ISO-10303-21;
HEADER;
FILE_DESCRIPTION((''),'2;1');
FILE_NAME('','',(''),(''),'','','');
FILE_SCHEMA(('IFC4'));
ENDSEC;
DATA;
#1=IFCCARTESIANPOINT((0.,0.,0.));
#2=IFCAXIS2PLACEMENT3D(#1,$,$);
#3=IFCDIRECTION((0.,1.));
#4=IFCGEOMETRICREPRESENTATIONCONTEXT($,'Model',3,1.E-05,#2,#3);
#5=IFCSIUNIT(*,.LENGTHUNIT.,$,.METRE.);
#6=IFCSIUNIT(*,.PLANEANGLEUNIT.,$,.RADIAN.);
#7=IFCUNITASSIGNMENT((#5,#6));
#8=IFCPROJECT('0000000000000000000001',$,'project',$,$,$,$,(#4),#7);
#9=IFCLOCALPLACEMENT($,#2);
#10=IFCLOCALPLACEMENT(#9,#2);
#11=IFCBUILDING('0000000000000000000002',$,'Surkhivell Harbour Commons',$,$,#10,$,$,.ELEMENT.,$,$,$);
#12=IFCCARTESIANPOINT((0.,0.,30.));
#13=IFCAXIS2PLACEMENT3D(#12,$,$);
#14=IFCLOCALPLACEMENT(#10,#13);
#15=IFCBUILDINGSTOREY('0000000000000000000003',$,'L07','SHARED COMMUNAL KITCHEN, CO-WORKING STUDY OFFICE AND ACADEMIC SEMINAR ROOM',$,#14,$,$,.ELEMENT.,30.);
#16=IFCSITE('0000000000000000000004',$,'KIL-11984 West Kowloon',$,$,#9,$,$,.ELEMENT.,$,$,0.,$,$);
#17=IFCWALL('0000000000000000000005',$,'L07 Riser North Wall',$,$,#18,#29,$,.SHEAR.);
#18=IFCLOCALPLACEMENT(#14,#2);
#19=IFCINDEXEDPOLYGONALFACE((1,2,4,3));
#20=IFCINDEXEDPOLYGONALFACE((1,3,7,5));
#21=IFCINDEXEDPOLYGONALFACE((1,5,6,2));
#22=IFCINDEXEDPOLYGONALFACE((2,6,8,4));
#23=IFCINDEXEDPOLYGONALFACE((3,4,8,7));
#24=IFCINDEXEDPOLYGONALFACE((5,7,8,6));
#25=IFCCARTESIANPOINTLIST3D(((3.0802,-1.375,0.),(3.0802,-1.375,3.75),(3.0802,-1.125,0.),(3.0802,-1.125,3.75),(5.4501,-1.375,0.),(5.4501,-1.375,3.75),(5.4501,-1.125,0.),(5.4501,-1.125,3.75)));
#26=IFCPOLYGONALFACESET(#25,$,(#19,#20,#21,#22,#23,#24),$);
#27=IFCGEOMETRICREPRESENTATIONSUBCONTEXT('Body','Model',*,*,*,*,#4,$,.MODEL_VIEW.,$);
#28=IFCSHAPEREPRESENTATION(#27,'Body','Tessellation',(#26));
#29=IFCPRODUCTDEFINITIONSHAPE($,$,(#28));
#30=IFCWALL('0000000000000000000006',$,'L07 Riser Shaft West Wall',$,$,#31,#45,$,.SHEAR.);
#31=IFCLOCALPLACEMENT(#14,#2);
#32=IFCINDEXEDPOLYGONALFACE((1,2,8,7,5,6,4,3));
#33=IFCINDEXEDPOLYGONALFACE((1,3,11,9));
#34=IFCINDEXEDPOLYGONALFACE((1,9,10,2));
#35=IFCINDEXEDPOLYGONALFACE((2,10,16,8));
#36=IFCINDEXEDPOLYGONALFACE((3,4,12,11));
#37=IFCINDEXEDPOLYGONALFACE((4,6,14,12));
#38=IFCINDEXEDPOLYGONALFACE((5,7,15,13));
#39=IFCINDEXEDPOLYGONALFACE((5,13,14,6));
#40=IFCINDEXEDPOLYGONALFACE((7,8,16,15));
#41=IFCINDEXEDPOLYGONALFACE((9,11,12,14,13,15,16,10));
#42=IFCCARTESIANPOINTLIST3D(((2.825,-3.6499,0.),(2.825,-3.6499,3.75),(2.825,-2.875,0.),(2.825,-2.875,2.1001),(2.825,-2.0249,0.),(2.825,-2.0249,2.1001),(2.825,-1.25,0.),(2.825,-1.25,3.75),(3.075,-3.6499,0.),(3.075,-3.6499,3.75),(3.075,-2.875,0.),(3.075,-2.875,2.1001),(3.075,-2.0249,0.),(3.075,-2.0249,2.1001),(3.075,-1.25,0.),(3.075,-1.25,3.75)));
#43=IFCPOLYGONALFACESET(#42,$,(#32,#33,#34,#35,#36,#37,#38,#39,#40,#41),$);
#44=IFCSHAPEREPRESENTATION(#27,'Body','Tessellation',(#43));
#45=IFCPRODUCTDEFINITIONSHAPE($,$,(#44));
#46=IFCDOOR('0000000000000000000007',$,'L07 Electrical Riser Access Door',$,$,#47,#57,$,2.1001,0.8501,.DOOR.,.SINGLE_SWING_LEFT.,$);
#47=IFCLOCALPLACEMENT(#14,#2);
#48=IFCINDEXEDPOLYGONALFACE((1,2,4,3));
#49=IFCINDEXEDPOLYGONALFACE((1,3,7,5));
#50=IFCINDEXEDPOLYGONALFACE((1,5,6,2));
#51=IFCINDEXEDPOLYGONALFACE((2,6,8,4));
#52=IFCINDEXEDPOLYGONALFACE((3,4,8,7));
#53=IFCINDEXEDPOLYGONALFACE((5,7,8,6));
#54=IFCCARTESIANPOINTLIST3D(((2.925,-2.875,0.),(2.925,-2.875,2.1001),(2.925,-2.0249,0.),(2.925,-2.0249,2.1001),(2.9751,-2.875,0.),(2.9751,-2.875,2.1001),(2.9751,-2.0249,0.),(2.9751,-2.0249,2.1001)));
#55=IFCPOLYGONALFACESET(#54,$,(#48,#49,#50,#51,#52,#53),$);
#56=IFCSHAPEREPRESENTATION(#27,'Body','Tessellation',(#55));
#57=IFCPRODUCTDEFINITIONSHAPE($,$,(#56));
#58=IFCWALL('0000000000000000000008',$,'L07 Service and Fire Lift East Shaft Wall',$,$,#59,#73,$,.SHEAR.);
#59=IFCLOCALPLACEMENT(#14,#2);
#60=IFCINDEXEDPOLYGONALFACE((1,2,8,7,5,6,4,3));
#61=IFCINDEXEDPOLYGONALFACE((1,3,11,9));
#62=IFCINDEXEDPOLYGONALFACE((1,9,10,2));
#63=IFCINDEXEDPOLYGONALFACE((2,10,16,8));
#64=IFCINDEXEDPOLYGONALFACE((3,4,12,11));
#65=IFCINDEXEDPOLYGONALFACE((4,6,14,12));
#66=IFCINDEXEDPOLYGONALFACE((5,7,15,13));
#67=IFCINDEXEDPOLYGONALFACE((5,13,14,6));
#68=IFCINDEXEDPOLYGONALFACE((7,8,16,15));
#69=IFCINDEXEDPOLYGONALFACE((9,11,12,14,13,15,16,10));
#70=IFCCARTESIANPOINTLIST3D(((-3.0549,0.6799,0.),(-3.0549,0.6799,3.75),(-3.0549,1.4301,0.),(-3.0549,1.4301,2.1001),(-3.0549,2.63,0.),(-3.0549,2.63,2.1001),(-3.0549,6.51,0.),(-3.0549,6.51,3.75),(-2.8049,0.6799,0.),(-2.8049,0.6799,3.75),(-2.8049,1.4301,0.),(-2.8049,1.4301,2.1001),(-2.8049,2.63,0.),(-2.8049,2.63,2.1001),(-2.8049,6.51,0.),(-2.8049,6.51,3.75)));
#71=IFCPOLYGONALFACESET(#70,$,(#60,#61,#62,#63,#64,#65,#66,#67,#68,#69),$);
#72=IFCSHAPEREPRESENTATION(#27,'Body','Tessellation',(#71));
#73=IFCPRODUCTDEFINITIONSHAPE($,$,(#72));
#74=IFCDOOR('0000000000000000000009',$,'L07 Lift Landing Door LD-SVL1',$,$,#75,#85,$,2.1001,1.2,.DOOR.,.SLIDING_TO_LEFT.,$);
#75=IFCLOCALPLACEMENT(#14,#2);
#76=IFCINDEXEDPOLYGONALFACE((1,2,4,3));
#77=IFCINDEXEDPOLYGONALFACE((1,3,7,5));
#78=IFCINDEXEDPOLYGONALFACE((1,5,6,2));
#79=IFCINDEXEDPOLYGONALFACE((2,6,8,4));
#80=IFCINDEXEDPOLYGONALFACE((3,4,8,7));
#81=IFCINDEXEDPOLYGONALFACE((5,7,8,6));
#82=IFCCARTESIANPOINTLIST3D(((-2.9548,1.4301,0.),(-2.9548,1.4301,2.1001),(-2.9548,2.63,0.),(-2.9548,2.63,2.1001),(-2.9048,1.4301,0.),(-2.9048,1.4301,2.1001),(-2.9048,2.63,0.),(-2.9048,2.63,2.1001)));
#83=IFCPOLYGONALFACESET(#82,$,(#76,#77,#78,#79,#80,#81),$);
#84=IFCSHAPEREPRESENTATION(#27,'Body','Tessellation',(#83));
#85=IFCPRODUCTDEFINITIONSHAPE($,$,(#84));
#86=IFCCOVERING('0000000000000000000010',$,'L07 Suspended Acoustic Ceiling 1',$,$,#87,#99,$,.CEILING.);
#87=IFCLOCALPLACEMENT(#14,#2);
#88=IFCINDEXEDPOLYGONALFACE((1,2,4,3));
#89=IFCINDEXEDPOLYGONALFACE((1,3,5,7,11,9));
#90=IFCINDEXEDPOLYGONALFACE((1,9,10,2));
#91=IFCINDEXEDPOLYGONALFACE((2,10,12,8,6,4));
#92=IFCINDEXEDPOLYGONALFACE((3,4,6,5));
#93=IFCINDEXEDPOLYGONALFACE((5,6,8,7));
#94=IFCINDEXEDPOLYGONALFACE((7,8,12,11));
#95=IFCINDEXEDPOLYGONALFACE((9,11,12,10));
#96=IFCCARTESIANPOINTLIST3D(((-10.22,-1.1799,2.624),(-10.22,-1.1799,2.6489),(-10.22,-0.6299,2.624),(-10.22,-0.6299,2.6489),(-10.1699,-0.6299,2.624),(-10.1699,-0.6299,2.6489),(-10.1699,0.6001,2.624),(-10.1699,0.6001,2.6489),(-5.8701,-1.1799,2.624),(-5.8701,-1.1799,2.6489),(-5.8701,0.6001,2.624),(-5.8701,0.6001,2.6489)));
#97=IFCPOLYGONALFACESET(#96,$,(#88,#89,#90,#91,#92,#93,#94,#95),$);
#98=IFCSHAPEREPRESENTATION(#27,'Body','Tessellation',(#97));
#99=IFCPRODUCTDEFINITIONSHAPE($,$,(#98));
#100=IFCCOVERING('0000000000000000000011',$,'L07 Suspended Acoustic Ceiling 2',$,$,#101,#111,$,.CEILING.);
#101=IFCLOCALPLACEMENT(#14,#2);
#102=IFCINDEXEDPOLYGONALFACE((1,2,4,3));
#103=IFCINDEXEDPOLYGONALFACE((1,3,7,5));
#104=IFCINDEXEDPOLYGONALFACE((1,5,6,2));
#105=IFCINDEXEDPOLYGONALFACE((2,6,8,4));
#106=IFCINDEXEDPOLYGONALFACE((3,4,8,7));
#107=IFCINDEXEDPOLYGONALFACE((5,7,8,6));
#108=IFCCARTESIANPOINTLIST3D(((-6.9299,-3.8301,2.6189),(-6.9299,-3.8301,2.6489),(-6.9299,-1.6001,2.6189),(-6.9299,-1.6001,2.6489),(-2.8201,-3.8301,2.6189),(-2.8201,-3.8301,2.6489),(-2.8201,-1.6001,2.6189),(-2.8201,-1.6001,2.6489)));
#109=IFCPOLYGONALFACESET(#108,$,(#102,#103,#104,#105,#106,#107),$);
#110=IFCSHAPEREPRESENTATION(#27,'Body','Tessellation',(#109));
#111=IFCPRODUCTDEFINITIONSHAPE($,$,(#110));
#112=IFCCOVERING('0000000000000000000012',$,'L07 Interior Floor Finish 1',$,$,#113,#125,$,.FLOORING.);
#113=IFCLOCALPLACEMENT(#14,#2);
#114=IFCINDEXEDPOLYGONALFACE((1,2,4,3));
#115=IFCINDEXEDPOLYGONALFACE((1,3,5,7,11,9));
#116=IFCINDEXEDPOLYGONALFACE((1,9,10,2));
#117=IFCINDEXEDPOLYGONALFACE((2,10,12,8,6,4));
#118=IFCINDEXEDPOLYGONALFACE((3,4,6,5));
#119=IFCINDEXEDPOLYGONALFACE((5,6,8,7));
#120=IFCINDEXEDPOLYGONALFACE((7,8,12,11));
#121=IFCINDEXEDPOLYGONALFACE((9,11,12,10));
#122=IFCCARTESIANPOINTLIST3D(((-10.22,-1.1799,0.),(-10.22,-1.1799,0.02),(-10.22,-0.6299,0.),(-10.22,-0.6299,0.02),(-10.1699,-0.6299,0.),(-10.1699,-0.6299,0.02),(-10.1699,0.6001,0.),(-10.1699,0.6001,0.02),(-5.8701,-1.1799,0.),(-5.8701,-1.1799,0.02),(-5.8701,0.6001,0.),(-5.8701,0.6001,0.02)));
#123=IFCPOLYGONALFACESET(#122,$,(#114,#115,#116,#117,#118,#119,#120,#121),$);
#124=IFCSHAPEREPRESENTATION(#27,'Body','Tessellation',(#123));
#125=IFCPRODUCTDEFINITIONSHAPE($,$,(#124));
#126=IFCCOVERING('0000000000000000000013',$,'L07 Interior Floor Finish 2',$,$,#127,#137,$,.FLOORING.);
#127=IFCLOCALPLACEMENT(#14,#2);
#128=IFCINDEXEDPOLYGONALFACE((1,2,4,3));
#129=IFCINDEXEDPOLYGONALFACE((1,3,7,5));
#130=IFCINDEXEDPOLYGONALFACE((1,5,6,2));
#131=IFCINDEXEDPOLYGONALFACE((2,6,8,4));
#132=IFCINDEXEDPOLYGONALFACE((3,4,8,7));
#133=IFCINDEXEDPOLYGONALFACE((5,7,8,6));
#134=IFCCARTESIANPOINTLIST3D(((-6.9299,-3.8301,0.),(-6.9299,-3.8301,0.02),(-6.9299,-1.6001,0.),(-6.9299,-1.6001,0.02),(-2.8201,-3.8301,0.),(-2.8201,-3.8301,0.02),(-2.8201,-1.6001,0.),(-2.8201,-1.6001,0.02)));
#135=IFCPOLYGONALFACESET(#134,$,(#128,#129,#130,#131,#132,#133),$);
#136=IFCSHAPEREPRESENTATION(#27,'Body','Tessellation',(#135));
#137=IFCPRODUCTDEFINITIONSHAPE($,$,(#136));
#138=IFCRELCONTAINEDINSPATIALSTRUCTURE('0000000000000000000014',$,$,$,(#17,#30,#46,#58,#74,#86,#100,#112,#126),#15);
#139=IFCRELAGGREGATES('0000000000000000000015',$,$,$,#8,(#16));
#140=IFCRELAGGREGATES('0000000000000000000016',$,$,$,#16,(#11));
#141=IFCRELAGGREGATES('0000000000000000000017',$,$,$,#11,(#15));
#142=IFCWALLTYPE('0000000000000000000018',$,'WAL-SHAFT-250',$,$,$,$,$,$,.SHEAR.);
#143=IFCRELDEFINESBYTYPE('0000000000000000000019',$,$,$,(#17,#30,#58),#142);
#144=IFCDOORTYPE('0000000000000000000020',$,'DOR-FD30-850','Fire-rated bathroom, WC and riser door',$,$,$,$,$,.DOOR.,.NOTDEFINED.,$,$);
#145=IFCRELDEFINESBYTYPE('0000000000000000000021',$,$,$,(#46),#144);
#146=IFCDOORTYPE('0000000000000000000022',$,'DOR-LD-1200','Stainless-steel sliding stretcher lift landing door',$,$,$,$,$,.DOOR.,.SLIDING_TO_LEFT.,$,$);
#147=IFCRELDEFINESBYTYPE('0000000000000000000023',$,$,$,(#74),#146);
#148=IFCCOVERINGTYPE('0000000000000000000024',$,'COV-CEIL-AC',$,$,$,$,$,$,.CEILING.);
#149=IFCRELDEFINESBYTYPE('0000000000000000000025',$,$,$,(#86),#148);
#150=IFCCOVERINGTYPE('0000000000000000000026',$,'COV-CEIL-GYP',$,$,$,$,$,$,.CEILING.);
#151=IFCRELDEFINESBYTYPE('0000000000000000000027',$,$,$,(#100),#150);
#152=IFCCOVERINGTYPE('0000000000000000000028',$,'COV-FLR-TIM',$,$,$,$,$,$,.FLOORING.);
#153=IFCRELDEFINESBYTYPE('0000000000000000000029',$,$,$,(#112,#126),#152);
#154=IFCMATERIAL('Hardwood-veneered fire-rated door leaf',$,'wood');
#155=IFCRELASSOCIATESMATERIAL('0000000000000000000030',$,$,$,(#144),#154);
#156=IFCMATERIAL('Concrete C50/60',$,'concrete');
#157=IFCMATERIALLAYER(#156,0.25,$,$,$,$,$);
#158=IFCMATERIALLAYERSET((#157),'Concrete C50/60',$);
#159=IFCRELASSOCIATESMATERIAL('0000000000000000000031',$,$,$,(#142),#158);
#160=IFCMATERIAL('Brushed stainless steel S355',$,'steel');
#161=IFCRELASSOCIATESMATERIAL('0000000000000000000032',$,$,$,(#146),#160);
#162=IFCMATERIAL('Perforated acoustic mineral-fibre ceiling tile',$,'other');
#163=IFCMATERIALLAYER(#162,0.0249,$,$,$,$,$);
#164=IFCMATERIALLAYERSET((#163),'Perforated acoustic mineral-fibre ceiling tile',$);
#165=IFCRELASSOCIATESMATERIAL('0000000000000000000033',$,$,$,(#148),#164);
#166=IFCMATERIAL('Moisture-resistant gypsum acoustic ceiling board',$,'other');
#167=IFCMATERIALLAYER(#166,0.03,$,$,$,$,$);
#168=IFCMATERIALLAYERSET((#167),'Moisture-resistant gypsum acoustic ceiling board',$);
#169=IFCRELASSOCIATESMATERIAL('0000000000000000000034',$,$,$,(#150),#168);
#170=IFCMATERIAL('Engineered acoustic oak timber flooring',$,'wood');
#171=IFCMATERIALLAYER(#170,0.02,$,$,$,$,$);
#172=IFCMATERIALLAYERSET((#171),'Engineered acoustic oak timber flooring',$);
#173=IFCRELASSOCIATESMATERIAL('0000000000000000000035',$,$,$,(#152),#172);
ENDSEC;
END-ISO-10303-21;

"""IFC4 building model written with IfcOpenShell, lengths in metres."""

from ifc_helpers import new_model, si_unit, direction, frame, frame_2d, origin, place, context, subcontext, project, spatial, polyline, rectangle, outline, extrude, material, layer, layer_set, type_object, element, fill, save


model = new_model("IFC4")

# Units and contexts
model_context = context("Model", 3, precision=1e-05, world=origin(), true_north=direction((0.0, 1.0)))
body_context = subcontext(model_context, "Body", "Model", "MODEL_VIEW")
ifc_project = project(units=[si_unit("LENGTHUNIT", "METRE"), si_unit("PLANEANGLEUNIT", "RADIAN")], contexts=[model_context])

# Site, building, storey
site_placement = place(None, origin())
site = spatial("IfcSite", under=ifc_project, at=site_placement, Name="KIL-11984 West Kowloon", CompositionType="ELEMENT", RefElevation=0.0)
building_placement = place(site_placement, origin())
building = spatial("IfcBuilding", under=site, at=building_placement, Name="Surkhivell Harbour Commons", CompositionType="ELEMENT")
storey_placement = place(building_placement, frame((0.0, 0.0, 30.0)))
storey = spatial("IfcBuildingStorey", under=building, at=storey_placement, Name="L07", Description="SHARED COMMUNAL KITCHEN, CO-WORKING STUDY OFFICE AND ACADEMIC SEMINAR ROOM", CompositionType="ELEMENT", Elevation=30.0)

# Shared definitions
ifc_material_1 = material(Name="Hardwood-veneered fire-rated door leaf", Category="wood")
door_type_1 = type_object("IfcDoorType", Name="DOR-FD30-850", Description="Fire-rated bathroom, WC and riser door", OperationType="NOTDEFINED", PredefinedType="DOOR", material=ifc_material_1)

# Wall
ifc_material_2 = material(Name="Concrete C50/60", Category="concrete")
ifc_layer_1 = layer(ifc_material_2, 0.25)
ifc_layer_set_1 = layer_set([ifc_layer_1], Name="Concrete C50/60")
wall_type_1 = type_object("IfcWallType", Name="WAL-SHAFT-250", PredefinedType="SHEAR", material=ifc_layer_set_1)
for number, where, z_axis, x_axis, name in (
    (1, (3.0801, -1.25, 0.0), (0.0, 0.0, 1.0), (1.0, 0.0, 0.0), "L07 Riser North Wall"),
):
    element("IfcWall", number, at=place(storey_placement, frame(where, z_axis=z_axis, x_axis=x_axis)), inside=storey, type_object=wall_type_1, Name=name, PredefinedType="SHEAR", context=body_context, shape_type="SweptSolid", body=[
        extrude(rectangle(XDim=2.3699, YDim=0.25, at=frame_2d((1.1851, 0.0))), origin(), (0.0, 0.0, 1.0), 3.75),
    ])

# Walls, openings, doors
wall_1_placement = place(storey_placement, frame((2.95, -3.6499, 0.0), z_axis=(0.0, 0.0, 1.0), x_axis=(0.0, 1.0, 0.0)))
wall_1 = element("IfcWall", 2, at=wall_1_placement, inside=storey, type_object=wall_type_1, Name="L07 Riser Shaft West Wall", PredefinedType="SHEAR", context=body_context, shape_type="SweptSolid", body=[
    extrude(rectangle(XDim=2.3999, YDim=0.25, at=frame_2d((1.2, 0.0))), origin(), (0.0, 0.0, 1.0), 3.75),
])
opening_1_placement = place(wall_1_placement, frame((0.7749, 0.0, 0.0)))
opening_1 = element("IfcOpeningElement", 3, at=opening_1_placement, cuts=wall_1, PredefinedType="OPENING", context=body_context, shape_type="SweptSolid", body=[
    extrude(rectangle(XDim=0.8501, YDim=2.1001, at=frame_2d((0.425, 1.05))), frame((0.0, 0.135, 0.0), z_axis=(0.0, -1.0, 0.0), x_axis=(1.0, 0.0, 0.0)), (0.0, 0.0, 1.0), 0.27),
])
door_1_placement = place(opening_1_placement, origin())
door_1 = element("IfcDoor", 4, at=door_1_placement, inside=storey, type_object=door_type_1, Name="L07 Electrical Riser Access Door", OperationType="SINGLE_SWING_LEFT", OverallHeight=2.1001, OverallWidth=0.8501, PredefinedType="DOOR", context=body_context, shape_type="SweptSolid", body=[
    extrude(rectangle(XDim=0.8501, YDim=2.1001, at=frame_2d((0.425, 1.05))), frame((0.0, 0.0249, 0.0), z_axis=(0.0, -1.0, 0.0), x_axis=(1.0, 0.0, 0.0)), (0.0, 0.0, 1.0), 0.05),
])
fill(opening_1, door_1)
wall_2_placement = place(storey_placement, frame((-2.9299, 0.6799, 0.0), z_axis=(0.0, 0.0, 1.0), x_axis=(0.0, 1.0, 0.0)))
wall_2 = element("IfcWall", 5, at=wall_2_placement, inside=storey, type_object=wall_type_1, Name="L07 Service and Fire Lift East Shaft Wall", PredefinedType="SHEAR", context=body_context, shape_type="SweptSolid", body=[
    extrude(rectangle(XDim=5.8301, YDim=0.25, at=frame_2d((2.915, 0.0))), origin(), (0.0, 0.0, 1.0), 3.75),
])
opening_2_placement = place(wall_2_placement, frame((0.75, 0.0, 0.0)))
opening_2 = element("IfcOpeningElement", 6, at=opening_2_placement, cuts=wall_2, PredefinedType="OPENING", context=body_context, shape_type="SweptSolid", body=[
    extrude(rectangle(XDim=1.2, YDim=2.1001, at=frame_2d((0.6001, 1.05))), frame((0.0, 0.135, 0.0), z_axis=(0.0, -1.0, 0.0), x_axis=(1.0, 0.0, 0.0)), (0.0, 0.0, 1.0), 0.27),
])
ifc_material_3 = material(Name="Brushed stainless steel S355", Category="steel")
door_type_2 = type_object("IfcDoorType", Name="DOR-LD-1200", Description="Stainless-steel sliding stretcher lift landing door", OperationType="SLIDING_TO_LEFT", PredefinedType="DOOR", material=ifc_material_3)
door_2_placement = place(opening_2_placement, origin())
door_2 = element("IfcDoor", 7, at=door_2_placement, inside=storey, type_object=door_type_2, Name="L07 Lift Landing Door LD-SVL1", OperationType="SLIDING_TO_LEFT", OverallHeight=2.1001, OverallWidth=1.2, PredefinedType="DOOR", context=body_context, shape_type="SweptSolid", body=[
    extrude(rectangle(XDim=1.2, YDim=2.1001, at=frame_2d((0.6001, 1.05))), frame((0.0, 0.0249, 0.0), z_axis=(0.0, -1.0, 0.0), x_axis=(1.0, 0.0, 0.0)), (0.0, 0.0, 1.0), 0.05),
])
fill(opening_2, door_2)

# Coverings
ifc_material_4 = material(Name="Perforated acoustic mineral-fibre ceiling tile", Category="other")
ifc_layer_2 = layer(ifc_material_4, 0.0249)
ifc_layer_set_2 = layer_set([ifc_layer_2], Name="Perforated acoustic mineral-fibre ceiling tile")
covering_type_1 = type_object("IfcCoveringType", Name="COV-CEIL-AC", PredefinedType="CEILING", material=ifc_layer_set_2)
covering_1_placement = place(storey_placement, frame((0.0, 0.0, 2.624)))
element("IfcCovering", 8, at=covering_1_placement, inside=storey, type_object=covering_type_1, Name="L07 Suspended Acoustic Ceiling 1", PredefinedType="CEILING", context=body_context, shape_type="SweptSolid", body=[
    extrude(outline(polyline([(-10.22, -1.1799), (-5.8701, -1.1799), (-5.8701, 0.6001), (-10.1699, 0.6001), (-10.1699, -0.6299), (-10.22, -0.6299), (-10.22, -1.1799)])), origin(), (0.0, 0.0, 1.0), 0.0249),
])
ifc_material_5 = material(Name="Moisture-resistant gypsum acoustic ceiling board", Category="other")
ifc_layer_3 = layer(ifc_material_5, 0.03)
ifc_layer_set_3 = layer_set([ifc_layer_3], Name="Moisture-resistant gypsum acoustic ceiling board")
covering_type_2 = type_object("IfcCoveringType", Name="COV-CEIL-GYP", PredefinedType="CEILING", material=ifc_layer_set_3)
covering_2_placement = place(storey_placement, frame((0.0, 0.0, 2.6189)))
element("IfcCovering", 9, at=covering_2_placement, inside=storey, type_object=covering_type_2, Name="L07 Suspended Acoustic Ceiling 2", PredefinedType="CEILING", context=body_context, shape_type="SweptSolid", body=[
    extrude(outline(polyline([(-6.9299, -3.8301), (-2.8201, -3.8301), (-2.8201, -1.6001), (-6.9299, -1.6001), (-6.9299, -3.8301)])), origin(), (0.0, 0.0, 1.0), 0.03),
])
ifc_material_6 = material(Name="Engineered acoustic oak timber flooring", Category="wood")
ifc_layer_4 = layer(ifc_material_6, 0.02)
ifc_layer_set_4 = layer_set([ifc_layer_4], Name="Engineered acoustic oak timber flooring")
covering_type_3 = type_object("IfcCoveringType", Name="COV-FLR-TIM", PredefinedType="FLOORING", material=ifc_layer_set_4)
covering_3_placement = place(storey_placement, origin())
element("IfcCovering", 10, at=covering_3_placement, inside=storey, type_object=covering_type_3, Name="L07 Interior Floor Finish 1", PredefinedType="FLOORING", context=body_context, shape_type="SweptSolid", body=[
    extrude(outline(polyline([(-10.22, -1.1799), (-5.8701, -1.1799), (-5.8701, 0.6001), (-10.1699, 0.6001), (-10.1699, -0.6299), (-10.22, -0.6299), (-10.22, -1.1799)])), origin(), (0.0, 0.0, 1.0), 0.02),
])
covering_4_placement = place(storey_placement, origin())
element("IfcCovering", 11, at=covering_4_placement, inside=storey, type_object=covering_type_3, Name="L07 Interior Floor Finish 2", PredefinedType="FLOORING", context=body_context, shape_type="SweptSolid", body=[
    extrude(outline(polyline([(-6.9299, -3.8301), (-2.8201, -3.8301), (-2.8201, -1.6001), (-6.9299, -1.6001), (-6.9299, -3.8301)])), origin(), (0.0, 0.0, 1.0), 0.02),
])

save(model, "model.ifc")
